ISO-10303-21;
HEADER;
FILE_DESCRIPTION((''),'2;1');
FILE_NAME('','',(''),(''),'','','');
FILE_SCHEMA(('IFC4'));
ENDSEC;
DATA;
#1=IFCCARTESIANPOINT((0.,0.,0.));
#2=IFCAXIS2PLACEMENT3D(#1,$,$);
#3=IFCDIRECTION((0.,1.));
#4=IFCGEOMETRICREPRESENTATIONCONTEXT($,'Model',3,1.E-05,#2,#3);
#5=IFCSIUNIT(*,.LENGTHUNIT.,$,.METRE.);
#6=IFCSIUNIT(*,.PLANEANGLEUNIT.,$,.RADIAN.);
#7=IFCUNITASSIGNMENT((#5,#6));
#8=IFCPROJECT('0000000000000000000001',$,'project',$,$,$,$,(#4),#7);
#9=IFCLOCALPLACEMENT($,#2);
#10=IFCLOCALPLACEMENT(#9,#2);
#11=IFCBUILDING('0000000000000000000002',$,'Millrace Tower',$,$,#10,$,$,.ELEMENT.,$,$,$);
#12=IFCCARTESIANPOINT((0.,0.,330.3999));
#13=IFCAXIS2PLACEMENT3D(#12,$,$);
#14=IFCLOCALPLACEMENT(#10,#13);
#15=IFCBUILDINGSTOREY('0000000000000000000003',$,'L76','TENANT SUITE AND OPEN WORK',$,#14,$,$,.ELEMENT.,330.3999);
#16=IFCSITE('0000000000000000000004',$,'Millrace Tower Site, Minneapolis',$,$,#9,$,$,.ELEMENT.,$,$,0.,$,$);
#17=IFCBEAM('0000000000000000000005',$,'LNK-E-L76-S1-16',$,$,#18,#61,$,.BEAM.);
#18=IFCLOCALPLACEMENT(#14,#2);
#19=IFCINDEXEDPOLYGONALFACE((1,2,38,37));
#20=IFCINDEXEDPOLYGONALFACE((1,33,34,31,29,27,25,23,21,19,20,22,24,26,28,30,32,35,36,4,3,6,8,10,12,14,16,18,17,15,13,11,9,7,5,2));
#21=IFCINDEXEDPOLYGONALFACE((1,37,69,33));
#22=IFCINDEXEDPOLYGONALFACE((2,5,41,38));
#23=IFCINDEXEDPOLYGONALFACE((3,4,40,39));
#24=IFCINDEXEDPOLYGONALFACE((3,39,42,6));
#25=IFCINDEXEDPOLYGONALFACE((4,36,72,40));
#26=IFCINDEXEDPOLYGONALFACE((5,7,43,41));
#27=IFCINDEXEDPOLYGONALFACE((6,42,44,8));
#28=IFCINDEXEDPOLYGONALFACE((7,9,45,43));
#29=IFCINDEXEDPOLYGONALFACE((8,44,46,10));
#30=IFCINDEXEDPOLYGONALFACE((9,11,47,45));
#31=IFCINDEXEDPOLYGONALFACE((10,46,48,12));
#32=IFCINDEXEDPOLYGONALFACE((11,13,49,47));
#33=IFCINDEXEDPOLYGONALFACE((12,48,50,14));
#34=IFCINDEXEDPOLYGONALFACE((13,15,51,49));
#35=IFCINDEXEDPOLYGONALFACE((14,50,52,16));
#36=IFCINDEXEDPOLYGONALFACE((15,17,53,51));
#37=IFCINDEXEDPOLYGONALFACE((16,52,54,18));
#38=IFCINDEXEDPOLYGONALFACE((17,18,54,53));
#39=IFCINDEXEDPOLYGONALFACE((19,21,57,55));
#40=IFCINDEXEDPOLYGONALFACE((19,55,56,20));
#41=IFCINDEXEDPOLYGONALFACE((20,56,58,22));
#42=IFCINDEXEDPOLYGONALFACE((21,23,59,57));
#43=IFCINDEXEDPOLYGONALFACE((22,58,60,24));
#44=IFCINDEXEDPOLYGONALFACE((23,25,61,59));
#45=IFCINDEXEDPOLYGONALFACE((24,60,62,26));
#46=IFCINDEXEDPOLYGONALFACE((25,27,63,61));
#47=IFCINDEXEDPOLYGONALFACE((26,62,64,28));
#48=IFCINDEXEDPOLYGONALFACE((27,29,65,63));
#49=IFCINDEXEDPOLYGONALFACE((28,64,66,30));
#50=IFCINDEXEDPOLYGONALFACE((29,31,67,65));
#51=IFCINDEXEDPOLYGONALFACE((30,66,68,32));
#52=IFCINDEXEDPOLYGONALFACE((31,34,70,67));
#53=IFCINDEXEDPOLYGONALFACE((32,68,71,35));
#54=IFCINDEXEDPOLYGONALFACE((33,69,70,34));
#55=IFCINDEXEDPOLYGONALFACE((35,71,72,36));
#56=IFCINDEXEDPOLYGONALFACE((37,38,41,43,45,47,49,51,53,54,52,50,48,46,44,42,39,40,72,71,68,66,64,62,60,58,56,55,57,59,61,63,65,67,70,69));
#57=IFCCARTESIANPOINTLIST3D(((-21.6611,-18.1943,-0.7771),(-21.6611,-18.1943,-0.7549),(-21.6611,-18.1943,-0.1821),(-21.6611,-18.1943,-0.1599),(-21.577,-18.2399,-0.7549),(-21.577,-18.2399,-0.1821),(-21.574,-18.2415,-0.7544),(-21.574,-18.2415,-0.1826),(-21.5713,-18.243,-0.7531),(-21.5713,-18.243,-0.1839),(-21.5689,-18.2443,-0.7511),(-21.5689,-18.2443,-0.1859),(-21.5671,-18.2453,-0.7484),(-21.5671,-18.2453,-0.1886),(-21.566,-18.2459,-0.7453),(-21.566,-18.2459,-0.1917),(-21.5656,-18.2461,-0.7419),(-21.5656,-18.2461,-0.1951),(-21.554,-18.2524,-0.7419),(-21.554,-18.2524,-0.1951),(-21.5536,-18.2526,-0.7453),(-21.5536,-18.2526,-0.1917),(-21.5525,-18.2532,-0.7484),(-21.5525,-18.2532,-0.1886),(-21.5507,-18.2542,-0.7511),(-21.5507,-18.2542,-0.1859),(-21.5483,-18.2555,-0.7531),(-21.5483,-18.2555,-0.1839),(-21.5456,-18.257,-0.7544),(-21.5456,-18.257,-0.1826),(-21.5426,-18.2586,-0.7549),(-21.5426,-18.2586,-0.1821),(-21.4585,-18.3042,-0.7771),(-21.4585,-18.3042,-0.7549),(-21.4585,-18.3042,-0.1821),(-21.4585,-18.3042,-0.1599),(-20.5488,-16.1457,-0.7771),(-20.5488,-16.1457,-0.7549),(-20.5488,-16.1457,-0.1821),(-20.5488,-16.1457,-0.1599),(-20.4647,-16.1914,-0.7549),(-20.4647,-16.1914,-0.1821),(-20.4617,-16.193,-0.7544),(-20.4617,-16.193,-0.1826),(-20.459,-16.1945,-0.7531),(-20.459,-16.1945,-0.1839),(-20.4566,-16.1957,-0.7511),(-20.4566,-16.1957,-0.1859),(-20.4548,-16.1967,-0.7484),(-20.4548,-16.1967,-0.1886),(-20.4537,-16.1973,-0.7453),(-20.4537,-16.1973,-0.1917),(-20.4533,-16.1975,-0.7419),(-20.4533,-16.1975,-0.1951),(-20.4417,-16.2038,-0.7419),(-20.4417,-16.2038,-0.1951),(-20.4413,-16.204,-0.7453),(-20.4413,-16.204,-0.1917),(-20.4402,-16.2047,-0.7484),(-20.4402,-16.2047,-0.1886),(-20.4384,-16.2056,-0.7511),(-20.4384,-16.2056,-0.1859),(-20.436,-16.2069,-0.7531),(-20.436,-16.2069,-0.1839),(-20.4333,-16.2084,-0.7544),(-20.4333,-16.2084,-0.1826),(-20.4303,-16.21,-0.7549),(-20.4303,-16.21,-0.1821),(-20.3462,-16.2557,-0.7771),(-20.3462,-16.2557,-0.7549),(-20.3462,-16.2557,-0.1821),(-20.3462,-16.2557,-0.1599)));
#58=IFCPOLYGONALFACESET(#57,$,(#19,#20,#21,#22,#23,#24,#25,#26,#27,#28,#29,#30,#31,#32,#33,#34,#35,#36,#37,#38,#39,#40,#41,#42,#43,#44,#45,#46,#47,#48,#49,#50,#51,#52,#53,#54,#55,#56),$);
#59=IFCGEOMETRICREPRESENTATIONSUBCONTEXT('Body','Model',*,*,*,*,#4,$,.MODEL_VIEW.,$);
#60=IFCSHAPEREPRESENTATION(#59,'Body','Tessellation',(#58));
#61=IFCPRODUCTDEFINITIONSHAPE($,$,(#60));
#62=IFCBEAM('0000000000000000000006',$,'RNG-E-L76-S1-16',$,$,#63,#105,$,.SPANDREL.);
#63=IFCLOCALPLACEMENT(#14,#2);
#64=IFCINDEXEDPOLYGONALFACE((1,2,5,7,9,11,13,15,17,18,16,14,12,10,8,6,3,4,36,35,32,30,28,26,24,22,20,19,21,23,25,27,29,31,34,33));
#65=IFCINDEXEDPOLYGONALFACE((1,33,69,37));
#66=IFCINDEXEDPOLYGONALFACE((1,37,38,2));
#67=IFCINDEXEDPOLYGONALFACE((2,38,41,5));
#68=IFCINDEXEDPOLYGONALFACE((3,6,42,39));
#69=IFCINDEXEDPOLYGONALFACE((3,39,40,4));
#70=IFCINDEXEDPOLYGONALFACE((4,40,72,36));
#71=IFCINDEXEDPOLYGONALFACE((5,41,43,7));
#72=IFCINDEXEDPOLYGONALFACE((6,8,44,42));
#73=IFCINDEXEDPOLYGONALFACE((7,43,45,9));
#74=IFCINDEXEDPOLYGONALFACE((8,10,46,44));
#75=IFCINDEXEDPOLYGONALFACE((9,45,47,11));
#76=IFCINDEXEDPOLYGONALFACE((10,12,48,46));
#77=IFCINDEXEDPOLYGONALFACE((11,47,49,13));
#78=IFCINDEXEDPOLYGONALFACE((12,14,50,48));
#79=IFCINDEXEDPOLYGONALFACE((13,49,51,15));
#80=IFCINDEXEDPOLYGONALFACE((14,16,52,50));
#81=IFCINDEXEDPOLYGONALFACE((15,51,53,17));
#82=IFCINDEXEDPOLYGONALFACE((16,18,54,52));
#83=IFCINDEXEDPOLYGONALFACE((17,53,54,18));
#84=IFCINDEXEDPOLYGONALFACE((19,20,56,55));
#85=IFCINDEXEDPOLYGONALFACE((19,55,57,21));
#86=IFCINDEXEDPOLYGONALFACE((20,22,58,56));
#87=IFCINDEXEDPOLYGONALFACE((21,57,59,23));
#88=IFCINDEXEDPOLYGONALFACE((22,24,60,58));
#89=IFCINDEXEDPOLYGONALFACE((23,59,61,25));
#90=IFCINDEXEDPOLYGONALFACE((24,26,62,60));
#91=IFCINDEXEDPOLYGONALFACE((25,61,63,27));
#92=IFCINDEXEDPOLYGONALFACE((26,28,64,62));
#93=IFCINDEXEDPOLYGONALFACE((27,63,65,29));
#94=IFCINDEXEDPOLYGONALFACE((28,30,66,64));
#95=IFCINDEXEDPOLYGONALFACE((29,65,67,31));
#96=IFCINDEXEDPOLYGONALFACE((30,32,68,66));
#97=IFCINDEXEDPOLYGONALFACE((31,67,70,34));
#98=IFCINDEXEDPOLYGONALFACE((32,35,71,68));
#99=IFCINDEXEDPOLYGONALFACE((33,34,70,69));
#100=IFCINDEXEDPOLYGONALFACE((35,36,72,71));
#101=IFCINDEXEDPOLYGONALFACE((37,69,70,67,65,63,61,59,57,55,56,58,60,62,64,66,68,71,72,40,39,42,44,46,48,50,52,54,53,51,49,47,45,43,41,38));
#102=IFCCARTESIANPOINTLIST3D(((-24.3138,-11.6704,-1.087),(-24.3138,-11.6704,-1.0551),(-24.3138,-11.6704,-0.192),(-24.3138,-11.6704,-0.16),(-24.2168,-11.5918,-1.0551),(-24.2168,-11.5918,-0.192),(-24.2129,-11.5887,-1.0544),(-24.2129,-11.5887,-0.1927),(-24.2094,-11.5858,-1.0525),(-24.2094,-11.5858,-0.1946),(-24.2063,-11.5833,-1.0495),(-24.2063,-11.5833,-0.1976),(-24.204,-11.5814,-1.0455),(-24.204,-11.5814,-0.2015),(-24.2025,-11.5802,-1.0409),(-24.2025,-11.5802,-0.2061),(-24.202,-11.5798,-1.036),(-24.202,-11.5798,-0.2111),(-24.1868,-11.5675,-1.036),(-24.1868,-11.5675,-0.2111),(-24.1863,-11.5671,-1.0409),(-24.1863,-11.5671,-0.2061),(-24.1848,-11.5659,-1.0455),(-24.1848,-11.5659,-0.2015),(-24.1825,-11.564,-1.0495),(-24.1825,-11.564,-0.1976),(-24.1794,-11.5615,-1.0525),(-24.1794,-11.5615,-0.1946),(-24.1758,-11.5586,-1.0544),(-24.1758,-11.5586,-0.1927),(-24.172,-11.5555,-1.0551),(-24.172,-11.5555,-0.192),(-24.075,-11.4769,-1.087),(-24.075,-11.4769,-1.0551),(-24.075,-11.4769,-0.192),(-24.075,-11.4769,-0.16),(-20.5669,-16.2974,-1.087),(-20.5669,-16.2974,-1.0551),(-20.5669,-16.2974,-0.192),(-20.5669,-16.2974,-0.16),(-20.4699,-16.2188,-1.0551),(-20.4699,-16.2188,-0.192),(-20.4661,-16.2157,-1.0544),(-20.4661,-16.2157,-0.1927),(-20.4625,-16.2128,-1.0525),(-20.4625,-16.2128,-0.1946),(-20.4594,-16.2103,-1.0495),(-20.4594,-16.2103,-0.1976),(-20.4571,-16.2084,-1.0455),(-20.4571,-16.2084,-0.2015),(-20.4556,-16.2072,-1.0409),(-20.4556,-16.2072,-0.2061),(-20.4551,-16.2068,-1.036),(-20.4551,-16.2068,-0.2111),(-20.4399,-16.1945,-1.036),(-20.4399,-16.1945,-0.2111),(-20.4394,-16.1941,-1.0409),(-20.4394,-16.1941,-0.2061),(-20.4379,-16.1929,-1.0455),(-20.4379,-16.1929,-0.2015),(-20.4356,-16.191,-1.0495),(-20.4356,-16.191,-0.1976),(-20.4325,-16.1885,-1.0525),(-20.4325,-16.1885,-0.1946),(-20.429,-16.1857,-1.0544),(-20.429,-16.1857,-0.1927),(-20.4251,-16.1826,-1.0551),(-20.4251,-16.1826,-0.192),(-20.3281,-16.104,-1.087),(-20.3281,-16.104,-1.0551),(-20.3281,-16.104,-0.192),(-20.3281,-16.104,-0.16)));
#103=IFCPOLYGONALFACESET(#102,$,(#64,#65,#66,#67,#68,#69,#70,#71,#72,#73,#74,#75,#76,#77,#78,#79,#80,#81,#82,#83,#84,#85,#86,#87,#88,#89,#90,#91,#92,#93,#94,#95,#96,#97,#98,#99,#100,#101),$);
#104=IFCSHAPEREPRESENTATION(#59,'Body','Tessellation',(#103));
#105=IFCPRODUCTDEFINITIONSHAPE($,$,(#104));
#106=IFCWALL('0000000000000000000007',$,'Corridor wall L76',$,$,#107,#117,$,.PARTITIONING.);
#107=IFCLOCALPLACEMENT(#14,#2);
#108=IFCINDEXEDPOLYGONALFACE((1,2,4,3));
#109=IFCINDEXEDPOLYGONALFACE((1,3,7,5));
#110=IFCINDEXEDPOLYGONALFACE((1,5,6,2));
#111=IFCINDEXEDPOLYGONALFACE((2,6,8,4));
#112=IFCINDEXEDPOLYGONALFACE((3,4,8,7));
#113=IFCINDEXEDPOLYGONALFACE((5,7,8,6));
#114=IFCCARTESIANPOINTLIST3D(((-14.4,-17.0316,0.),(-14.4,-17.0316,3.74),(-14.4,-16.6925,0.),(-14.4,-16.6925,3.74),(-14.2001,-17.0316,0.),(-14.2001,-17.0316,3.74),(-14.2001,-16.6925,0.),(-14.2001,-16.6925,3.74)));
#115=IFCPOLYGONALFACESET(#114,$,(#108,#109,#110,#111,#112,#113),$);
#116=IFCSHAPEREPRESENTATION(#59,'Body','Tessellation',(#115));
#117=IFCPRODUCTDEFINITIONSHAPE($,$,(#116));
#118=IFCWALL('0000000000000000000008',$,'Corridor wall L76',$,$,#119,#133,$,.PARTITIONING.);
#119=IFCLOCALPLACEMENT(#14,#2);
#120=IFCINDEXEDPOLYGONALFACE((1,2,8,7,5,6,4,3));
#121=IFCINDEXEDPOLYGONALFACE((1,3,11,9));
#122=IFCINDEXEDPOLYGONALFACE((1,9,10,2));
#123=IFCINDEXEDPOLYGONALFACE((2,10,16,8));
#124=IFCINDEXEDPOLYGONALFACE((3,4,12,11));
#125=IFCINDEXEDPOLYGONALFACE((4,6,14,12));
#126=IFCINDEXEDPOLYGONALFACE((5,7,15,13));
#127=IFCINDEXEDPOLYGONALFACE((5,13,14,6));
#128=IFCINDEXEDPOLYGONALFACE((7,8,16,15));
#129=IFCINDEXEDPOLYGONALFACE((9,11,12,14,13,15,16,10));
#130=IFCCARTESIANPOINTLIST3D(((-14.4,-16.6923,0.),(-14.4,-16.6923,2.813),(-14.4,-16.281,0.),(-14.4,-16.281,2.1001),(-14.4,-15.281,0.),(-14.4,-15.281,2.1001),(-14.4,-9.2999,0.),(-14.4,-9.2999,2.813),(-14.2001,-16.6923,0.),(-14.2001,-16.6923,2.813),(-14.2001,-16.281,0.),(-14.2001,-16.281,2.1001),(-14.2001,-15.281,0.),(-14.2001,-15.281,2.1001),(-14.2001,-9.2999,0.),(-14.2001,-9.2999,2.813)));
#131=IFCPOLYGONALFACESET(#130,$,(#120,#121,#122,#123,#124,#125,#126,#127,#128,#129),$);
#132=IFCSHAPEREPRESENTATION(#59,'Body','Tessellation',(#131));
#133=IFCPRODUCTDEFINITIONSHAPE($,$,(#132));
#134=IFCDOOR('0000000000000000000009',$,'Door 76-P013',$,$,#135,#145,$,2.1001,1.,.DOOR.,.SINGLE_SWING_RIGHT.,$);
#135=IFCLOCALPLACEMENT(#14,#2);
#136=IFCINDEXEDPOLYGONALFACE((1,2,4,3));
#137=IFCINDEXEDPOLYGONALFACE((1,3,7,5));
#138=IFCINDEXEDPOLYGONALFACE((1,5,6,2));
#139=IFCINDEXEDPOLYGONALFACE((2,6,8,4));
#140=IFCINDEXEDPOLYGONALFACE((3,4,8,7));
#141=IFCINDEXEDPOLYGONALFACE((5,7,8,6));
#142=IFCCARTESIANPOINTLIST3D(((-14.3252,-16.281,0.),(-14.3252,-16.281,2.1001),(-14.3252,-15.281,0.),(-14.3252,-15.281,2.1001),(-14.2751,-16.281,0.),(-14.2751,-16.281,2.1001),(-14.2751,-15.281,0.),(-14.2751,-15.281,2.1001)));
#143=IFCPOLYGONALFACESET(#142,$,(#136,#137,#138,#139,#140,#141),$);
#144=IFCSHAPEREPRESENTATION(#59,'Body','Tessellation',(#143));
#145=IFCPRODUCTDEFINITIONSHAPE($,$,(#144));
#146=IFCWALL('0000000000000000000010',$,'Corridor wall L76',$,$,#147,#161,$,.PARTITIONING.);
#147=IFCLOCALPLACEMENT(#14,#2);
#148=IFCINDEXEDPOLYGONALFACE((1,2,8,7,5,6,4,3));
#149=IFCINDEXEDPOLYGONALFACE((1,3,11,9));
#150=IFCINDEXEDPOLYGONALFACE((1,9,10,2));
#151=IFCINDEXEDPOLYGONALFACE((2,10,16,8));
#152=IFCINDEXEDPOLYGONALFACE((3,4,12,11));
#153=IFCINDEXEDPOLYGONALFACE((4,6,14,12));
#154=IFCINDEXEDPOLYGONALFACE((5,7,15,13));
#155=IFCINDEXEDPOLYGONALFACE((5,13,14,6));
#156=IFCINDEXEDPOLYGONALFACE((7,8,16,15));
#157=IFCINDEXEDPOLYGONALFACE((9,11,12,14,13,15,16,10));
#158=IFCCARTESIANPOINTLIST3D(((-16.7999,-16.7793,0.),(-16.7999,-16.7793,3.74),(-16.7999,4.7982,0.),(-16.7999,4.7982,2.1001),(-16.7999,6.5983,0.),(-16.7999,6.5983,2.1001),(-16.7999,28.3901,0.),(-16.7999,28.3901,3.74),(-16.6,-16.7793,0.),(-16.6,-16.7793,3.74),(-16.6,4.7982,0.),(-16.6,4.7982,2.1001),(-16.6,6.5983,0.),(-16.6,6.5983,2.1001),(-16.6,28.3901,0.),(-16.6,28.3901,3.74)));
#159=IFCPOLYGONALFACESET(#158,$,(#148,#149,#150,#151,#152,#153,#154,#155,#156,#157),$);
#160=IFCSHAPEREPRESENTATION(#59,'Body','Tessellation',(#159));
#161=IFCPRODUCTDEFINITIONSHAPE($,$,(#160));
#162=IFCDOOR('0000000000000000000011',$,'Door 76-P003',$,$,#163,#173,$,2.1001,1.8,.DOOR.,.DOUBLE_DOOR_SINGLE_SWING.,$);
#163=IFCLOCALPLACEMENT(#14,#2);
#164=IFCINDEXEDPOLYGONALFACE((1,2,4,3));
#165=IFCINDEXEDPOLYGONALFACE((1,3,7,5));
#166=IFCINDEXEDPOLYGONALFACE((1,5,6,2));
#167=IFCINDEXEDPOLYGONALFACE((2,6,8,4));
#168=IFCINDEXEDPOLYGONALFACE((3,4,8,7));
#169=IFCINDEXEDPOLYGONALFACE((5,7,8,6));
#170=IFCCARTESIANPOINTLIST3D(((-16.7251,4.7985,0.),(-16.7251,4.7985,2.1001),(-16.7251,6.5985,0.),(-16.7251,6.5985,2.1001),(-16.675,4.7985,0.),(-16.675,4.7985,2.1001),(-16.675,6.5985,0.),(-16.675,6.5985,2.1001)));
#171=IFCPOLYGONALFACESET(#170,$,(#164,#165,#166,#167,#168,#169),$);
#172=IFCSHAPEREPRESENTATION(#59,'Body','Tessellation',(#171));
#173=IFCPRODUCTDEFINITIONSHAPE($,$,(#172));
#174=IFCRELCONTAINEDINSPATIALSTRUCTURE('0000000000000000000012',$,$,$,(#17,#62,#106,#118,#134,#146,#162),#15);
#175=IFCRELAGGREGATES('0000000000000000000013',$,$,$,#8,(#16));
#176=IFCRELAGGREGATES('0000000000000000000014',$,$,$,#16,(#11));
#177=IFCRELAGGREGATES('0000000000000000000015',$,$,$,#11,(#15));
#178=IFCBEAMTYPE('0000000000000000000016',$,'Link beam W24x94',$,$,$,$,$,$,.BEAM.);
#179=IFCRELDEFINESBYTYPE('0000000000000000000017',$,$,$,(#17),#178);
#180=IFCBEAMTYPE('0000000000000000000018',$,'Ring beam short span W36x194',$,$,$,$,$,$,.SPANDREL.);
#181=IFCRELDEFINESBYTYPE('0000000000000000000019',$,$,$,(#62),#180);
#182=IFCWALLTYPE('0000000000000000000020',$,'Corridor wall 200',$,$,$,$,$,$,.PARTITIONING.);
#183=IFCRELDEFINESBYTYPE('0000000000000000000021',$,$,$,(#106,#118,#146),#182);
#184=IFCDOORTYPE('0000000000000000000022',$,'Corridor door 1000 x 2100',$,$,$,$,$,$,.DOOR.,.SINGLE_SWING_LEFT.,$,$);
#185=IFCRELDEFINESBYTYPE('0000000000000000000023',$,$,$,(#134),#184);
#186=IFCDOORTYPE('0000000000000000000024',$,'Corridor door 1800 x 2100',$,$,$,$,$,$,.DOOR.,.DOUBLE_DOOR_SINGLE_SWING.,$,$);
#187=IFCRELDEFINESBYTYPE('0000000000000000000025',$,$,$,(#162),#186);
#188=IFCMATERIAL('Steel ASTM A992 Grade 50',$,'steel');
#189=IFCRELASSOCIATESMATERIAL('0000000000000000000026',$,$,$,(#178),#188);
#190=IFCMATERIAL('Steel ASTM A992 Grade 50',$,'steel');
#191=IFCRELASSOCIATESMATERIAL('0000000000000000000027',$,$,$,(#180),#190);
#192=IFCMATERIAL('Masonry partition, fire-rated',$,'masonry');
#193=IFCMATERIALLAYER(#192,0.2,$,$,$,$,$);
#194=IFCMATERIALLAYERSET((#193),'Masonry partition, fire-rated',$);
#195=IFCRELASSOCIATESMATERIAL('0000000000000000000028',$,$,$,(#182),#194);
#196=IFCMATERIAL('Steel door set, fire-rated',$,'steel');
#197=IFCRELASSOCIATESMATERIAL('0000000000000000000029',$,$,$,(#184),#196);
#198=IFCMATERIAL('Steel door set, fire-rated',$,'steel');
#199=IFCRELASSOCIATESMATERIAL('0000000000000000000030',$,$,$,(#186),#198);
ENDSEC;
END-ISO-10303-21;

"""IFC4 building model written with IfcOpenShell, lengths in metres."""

from ifc_helpers import new_model, si_unit, direction, frame, frame_2d, origin, origin_2d, place, context, subcontext, project, spatial, rectangle, i_section, extrude, material, layer, layer_set, material_profile, profile_set, type_object, element, fill, save


model = new_model("IFC4")

# Units and contexts
model_context = context("Model", 3, precision=1e-05, world=origin(), true_north=direction((0.0, 1.0)))
body_context = subcontext(model_context, "Body", "Model", "MODEL_VIEW")
ifc_project = project(units=[si_unit("LENGTHUNIT", "METRE"), si_unit("PLANEANGLEUNIT", "RADIAN")], contexts=[model_context])

# Site, building, storey
site_placement = place(None, origin())
site = spatial("IfcSite", under=ifc_project, at=site_placement, Name="Millrace Tower Site, Minneapolis", CompositionType="ELEMENT", RefElevation=0.0)
building_placement = place(site_placement, origin())
building = spatial("IfcBuilding", under=site, at=building_placement, Name="Millrace Tower", CompositionType="ELEMENT")
storey_placement = place(building_placement, frame((0.0, 0.0, 330.3999)))
storey = spatial("IfcBuildingStorey", under=building, at=storey_placement, Name="L76", Description="TENANT SUITE AND OPEN WORK", CompositionType="ELEMENT", Elevation=330.3999)

# Beams
ifc_material_1 = material(Name="Steel ASTM A992 Grade 50", Category="steel")
ifc_material_profile_1 = material_profile(ifc_material_1, i_section(OverallWidth=0.2305, OverallDepth=0.6172, WebThickness=0.0132, FlangeThickness=0.0222, FilletRadius=0.0129, at=origin_2d()))
ifc_profile_set_1 = profile_set([ifc_material_profile_1], Name="Steel ASTM A992 Grade 50")
beam_type_1 = type_object("IfcBeamType", Name="Link beam W24x94", PredefinedType="BEAM", material=ifc_profile_set_1)
beam_1_placement = place(storey_placement, frame((-20.4475, -16.2007, -0.4685), z_axis=(-0.477164, -0.878815, 0.0), x_axis=(0.878815, -0.477164, 0.0)))
element("IfcBeam", 1, at=beam_1_placement, inside=storey, type_object=beam_type_1, Name="LNK-E-L76-S1-16", PredefinedType="BEAM", context=body_context, shape_type="SweptSolid", body=[
    extrude(i_section(OverallWidth=0.2305, OverallDepth=0.6172, WebThickness=0.0132, FlangeThickness=0.0222, FilletRadius=0.0129, at=origin_2d()), origin(), (0.0, 0.0, 1.0), 2.3311),
])
ifc_material_2 = material(Name="Steel ASTM A992 Grade 50", Category="steel")
ifc_material_profile_2 = material_profile(ifc_material_2, i_section(OverallWidth=0.3074, OverallDepth=0.927, WebThickness=0.0195, FlangeThickness=0.032, FilletRadius=0.019, at=origin_2d()))
ifc_profile_set_2 = profile_set([ifc_material_profile_2], Name="Steel ASTM A992 Grade 50")
beam_type_2 = type_object("IfcBeamType", Name="Ring beam short span W36x194", PredefinedType="SPANDREL", material=ifc_profile_set_2)
beam_2_placement = place(storey_placement, frame((-20.4475, -16.2007, -0.6235), z_axis=(-0.62932, 0.777147, 0.0), x_axis=(-0.777147, -0.62932, 0.0)))
element("IfcBeam", 2, at=beam_2_placement, inside=storey, type_object=beam_type_2, Name="RNG-E-L76-S1-16", PredefinedType="SPANDREL", context=body_context, shape_type="SweptSolid", body=[
    extrude(i_section(OverallWidth=0.3074, OverallDepth=0.927, WebThickness=0.0195, FlangeThickness=0.032, FilletRadius=0.019, at=origin_2d()), origin(), (0.0, 0.0, 1.0), 5.9539),
])

# Wall
ifc_material_3 = material(Name="Masonry partition, fire-rated", Category="masonry")
ifc_layer_1 = layer(ifc_material_3, 0.2)
ifc_layer_set_1 = layer_set([ifc_layer_1], Name="Masonry partition, fire-rated")
wall_type_1 = type_object("IfcWallType", Name="Corridor wall 200", PredefinedType="PARTITIONING", material=ifc_layer_set_1)
wall_1_placement = place(storey_placement, frame((-14.3, -17.0315, 0.0), z_axis=(0.0, 0.0, 1.0), x_axis=(0.0, 1.0, 0.0)))
element("IfcWall", 3, at=wall_1_placement, inside=storey, type_object=wall_type_1, Name="Corridor wall L76", PredefinedType="PARTITIONING", context=body_context, shape_type="SweptSolid", body=[
    extrude(rectangle(XDim=0.3391, YDim=0.2, at=frame_2d((0.1694, 0.0))), origin(), (0.0, 0.0, 1.0), 3.74),
])

# Walls, openings, doors
wall_2_placement = place(storey_placement, frame((-14.3, -16.6924, 0.0), z_axis=(0.0, 0.0, 1.0), x_axis=(0.0, 1.0, 0.0)))
wall_2 = element("IfcWall", 4, at=wall_2_placement, inside=storey, type_object=wall_type_1, Name="Corridor wall L76", PredefinedType="PARTITIONING", context=body_context, shape_type="SweptSolid", body=[
    extrude(rectangle(XDim=7.3923, YDim=0.2, at=frame_2d((3.6963, 0.0))), origin(), (0.0, 0.0, 1.0), 2.813),
])
opening_1_placement = place(wall_2_placement, frame((0.4114, 0.0, 0.0)))
opening_1 = element("IfcOpeningElement", 5, at=opening_1_placement, cuts=wall_2, PredefinedType="OPENING", context=body_context, shape_type="SweptSolid", body=[
    extrude(rectangle(XDim=1.0, YDim=2.1001, at=frame_2d((0.5, 1.05))), frame((0.0, 0.1099, 0.0), z_axis=(0.0, -1.0, 0.0), x_axis=(1.0, 0.0, 0.0)), (0.0, 0.0, 1.0), 0.22),
])
ifc_material_4 = material(Name="Steel door set, fire-rated", Category="steel")
door_type_1 = type_object("IfcDoorType", Name="Corridor door 1000 x 2100", OperationType="SINGLE_SWING_LEFT", PredefinedType="DOOR", material=ifc_material_4)
door_1_placement = place(opening_1_placement, frame((1.0, 0.0, 0.0), z_axis=(0.0, 0.0, 1.0), x_axis=(-1.0, 0.0, 0.0)))
door_1 = element("IfcDoor", 6, at=door_1_placement, inside=storey, type_object=door_type_1, Name="Door 76-P013", OperationType="SINGLE_SWING_RIGHT", OverallHeight=2.1001, OverallWidth=1.0, PredefinedType="DOOR", context=body_context, shape_type="SweptSolid", body=[
    extrude(rectangle(XDim=1.0, YDim=2.1001, at=frame_2d((0.5, 1.05))), frame((0.0, 0.0249, 0.0), z_axis=(0.0, -1.0, 0.0), x_axis=(1.0, 0.0, 0.0)), (0.0, 0.0, 1.0), 0.05),
])
fill(opening_1, door_1)
wall_3_placement = place(storey_placement, frame((-16.7, -16.7793, 0.0), z_axis=(0.0, 0.0, 1.0), x_axis=(0.0, 1.0, 0.0)))
wall_3 = element("IfcWall", 7, at=wall_3_placement, inside=storey, type_object=wall_type_1, Name="Corridor wall L76", PredefinedType="PARTITIONING", context=body_context, shape_type="SweptSolid", body=[
    extrude(rectangle(XDim=45.1694, YDim=0.2, at=frame_2d((22.5847, 0.0))), origin(), (0.0, 0.0, 1.0), 3.74),
])
opening_2_placement = place(wall_3_placement, frame((21.5776, 0.0, 0.0)))
opening_2 = element("IfcOpeningElement", 8, at=opening_2_placement, cuts=wall_3, PredefinedType="OPENING", context=body_context, shape_type="SweptSolid", body=[
    extrude(rectangle(XDim=1.8, YDim=2.1001, at=frame_2d((0.8999, 1.05))), frame((0.0, 0.1099, 0.0), z_axis=(0.0, -1.0, 0.0), x_axis=(1.0, 0.0, 0.0)), (0.0, 0.0, 1.0), 0.22),
])
ifc_material_5 = material(Name="Steel door set, fire-rated", Category="steel")
door_type_2 = type_object("IfcDoorType", Name="Corridor door 1800 x 2100", OperationType="DOUBLE_DOOR_SINGLE_SWING", PredefinedType="DOOR", material=ifc_material_5)
door_2_placement = place(opening_2_placement, frame((1.8, 0.0, 0.0), z_axis=(0.0, 0.0, 1.0), x_axis=(-1.0, 0.0, 0.0)))
door_2 = element("IfcDoor", 9, at=door_2_placement, inside=storey, type_object=door_type_2, Name="Door 76-P003", OperationType="DOUBLE_DOOR_SINGLE_SWING", OverallHeight=2.1001, OverallWidth=1.8, PredefinedType="DOOR", context=body_context, shape_type="SweptSolid", body=[
    extrude(rectangle(XDim=1.8, YDim=2.1001, at=frame_2d((0.8999, 1.05))), frame((0.0, 0.0249, 0.0), z_axis=(0.0, -1.0, 0.0), x_axis=(1.0, 0.0, 0.0)), (0.0, 0.0, 1.0), 0.05),
])
fill(opening_2, door_2)

save(model, "model.ifc")
